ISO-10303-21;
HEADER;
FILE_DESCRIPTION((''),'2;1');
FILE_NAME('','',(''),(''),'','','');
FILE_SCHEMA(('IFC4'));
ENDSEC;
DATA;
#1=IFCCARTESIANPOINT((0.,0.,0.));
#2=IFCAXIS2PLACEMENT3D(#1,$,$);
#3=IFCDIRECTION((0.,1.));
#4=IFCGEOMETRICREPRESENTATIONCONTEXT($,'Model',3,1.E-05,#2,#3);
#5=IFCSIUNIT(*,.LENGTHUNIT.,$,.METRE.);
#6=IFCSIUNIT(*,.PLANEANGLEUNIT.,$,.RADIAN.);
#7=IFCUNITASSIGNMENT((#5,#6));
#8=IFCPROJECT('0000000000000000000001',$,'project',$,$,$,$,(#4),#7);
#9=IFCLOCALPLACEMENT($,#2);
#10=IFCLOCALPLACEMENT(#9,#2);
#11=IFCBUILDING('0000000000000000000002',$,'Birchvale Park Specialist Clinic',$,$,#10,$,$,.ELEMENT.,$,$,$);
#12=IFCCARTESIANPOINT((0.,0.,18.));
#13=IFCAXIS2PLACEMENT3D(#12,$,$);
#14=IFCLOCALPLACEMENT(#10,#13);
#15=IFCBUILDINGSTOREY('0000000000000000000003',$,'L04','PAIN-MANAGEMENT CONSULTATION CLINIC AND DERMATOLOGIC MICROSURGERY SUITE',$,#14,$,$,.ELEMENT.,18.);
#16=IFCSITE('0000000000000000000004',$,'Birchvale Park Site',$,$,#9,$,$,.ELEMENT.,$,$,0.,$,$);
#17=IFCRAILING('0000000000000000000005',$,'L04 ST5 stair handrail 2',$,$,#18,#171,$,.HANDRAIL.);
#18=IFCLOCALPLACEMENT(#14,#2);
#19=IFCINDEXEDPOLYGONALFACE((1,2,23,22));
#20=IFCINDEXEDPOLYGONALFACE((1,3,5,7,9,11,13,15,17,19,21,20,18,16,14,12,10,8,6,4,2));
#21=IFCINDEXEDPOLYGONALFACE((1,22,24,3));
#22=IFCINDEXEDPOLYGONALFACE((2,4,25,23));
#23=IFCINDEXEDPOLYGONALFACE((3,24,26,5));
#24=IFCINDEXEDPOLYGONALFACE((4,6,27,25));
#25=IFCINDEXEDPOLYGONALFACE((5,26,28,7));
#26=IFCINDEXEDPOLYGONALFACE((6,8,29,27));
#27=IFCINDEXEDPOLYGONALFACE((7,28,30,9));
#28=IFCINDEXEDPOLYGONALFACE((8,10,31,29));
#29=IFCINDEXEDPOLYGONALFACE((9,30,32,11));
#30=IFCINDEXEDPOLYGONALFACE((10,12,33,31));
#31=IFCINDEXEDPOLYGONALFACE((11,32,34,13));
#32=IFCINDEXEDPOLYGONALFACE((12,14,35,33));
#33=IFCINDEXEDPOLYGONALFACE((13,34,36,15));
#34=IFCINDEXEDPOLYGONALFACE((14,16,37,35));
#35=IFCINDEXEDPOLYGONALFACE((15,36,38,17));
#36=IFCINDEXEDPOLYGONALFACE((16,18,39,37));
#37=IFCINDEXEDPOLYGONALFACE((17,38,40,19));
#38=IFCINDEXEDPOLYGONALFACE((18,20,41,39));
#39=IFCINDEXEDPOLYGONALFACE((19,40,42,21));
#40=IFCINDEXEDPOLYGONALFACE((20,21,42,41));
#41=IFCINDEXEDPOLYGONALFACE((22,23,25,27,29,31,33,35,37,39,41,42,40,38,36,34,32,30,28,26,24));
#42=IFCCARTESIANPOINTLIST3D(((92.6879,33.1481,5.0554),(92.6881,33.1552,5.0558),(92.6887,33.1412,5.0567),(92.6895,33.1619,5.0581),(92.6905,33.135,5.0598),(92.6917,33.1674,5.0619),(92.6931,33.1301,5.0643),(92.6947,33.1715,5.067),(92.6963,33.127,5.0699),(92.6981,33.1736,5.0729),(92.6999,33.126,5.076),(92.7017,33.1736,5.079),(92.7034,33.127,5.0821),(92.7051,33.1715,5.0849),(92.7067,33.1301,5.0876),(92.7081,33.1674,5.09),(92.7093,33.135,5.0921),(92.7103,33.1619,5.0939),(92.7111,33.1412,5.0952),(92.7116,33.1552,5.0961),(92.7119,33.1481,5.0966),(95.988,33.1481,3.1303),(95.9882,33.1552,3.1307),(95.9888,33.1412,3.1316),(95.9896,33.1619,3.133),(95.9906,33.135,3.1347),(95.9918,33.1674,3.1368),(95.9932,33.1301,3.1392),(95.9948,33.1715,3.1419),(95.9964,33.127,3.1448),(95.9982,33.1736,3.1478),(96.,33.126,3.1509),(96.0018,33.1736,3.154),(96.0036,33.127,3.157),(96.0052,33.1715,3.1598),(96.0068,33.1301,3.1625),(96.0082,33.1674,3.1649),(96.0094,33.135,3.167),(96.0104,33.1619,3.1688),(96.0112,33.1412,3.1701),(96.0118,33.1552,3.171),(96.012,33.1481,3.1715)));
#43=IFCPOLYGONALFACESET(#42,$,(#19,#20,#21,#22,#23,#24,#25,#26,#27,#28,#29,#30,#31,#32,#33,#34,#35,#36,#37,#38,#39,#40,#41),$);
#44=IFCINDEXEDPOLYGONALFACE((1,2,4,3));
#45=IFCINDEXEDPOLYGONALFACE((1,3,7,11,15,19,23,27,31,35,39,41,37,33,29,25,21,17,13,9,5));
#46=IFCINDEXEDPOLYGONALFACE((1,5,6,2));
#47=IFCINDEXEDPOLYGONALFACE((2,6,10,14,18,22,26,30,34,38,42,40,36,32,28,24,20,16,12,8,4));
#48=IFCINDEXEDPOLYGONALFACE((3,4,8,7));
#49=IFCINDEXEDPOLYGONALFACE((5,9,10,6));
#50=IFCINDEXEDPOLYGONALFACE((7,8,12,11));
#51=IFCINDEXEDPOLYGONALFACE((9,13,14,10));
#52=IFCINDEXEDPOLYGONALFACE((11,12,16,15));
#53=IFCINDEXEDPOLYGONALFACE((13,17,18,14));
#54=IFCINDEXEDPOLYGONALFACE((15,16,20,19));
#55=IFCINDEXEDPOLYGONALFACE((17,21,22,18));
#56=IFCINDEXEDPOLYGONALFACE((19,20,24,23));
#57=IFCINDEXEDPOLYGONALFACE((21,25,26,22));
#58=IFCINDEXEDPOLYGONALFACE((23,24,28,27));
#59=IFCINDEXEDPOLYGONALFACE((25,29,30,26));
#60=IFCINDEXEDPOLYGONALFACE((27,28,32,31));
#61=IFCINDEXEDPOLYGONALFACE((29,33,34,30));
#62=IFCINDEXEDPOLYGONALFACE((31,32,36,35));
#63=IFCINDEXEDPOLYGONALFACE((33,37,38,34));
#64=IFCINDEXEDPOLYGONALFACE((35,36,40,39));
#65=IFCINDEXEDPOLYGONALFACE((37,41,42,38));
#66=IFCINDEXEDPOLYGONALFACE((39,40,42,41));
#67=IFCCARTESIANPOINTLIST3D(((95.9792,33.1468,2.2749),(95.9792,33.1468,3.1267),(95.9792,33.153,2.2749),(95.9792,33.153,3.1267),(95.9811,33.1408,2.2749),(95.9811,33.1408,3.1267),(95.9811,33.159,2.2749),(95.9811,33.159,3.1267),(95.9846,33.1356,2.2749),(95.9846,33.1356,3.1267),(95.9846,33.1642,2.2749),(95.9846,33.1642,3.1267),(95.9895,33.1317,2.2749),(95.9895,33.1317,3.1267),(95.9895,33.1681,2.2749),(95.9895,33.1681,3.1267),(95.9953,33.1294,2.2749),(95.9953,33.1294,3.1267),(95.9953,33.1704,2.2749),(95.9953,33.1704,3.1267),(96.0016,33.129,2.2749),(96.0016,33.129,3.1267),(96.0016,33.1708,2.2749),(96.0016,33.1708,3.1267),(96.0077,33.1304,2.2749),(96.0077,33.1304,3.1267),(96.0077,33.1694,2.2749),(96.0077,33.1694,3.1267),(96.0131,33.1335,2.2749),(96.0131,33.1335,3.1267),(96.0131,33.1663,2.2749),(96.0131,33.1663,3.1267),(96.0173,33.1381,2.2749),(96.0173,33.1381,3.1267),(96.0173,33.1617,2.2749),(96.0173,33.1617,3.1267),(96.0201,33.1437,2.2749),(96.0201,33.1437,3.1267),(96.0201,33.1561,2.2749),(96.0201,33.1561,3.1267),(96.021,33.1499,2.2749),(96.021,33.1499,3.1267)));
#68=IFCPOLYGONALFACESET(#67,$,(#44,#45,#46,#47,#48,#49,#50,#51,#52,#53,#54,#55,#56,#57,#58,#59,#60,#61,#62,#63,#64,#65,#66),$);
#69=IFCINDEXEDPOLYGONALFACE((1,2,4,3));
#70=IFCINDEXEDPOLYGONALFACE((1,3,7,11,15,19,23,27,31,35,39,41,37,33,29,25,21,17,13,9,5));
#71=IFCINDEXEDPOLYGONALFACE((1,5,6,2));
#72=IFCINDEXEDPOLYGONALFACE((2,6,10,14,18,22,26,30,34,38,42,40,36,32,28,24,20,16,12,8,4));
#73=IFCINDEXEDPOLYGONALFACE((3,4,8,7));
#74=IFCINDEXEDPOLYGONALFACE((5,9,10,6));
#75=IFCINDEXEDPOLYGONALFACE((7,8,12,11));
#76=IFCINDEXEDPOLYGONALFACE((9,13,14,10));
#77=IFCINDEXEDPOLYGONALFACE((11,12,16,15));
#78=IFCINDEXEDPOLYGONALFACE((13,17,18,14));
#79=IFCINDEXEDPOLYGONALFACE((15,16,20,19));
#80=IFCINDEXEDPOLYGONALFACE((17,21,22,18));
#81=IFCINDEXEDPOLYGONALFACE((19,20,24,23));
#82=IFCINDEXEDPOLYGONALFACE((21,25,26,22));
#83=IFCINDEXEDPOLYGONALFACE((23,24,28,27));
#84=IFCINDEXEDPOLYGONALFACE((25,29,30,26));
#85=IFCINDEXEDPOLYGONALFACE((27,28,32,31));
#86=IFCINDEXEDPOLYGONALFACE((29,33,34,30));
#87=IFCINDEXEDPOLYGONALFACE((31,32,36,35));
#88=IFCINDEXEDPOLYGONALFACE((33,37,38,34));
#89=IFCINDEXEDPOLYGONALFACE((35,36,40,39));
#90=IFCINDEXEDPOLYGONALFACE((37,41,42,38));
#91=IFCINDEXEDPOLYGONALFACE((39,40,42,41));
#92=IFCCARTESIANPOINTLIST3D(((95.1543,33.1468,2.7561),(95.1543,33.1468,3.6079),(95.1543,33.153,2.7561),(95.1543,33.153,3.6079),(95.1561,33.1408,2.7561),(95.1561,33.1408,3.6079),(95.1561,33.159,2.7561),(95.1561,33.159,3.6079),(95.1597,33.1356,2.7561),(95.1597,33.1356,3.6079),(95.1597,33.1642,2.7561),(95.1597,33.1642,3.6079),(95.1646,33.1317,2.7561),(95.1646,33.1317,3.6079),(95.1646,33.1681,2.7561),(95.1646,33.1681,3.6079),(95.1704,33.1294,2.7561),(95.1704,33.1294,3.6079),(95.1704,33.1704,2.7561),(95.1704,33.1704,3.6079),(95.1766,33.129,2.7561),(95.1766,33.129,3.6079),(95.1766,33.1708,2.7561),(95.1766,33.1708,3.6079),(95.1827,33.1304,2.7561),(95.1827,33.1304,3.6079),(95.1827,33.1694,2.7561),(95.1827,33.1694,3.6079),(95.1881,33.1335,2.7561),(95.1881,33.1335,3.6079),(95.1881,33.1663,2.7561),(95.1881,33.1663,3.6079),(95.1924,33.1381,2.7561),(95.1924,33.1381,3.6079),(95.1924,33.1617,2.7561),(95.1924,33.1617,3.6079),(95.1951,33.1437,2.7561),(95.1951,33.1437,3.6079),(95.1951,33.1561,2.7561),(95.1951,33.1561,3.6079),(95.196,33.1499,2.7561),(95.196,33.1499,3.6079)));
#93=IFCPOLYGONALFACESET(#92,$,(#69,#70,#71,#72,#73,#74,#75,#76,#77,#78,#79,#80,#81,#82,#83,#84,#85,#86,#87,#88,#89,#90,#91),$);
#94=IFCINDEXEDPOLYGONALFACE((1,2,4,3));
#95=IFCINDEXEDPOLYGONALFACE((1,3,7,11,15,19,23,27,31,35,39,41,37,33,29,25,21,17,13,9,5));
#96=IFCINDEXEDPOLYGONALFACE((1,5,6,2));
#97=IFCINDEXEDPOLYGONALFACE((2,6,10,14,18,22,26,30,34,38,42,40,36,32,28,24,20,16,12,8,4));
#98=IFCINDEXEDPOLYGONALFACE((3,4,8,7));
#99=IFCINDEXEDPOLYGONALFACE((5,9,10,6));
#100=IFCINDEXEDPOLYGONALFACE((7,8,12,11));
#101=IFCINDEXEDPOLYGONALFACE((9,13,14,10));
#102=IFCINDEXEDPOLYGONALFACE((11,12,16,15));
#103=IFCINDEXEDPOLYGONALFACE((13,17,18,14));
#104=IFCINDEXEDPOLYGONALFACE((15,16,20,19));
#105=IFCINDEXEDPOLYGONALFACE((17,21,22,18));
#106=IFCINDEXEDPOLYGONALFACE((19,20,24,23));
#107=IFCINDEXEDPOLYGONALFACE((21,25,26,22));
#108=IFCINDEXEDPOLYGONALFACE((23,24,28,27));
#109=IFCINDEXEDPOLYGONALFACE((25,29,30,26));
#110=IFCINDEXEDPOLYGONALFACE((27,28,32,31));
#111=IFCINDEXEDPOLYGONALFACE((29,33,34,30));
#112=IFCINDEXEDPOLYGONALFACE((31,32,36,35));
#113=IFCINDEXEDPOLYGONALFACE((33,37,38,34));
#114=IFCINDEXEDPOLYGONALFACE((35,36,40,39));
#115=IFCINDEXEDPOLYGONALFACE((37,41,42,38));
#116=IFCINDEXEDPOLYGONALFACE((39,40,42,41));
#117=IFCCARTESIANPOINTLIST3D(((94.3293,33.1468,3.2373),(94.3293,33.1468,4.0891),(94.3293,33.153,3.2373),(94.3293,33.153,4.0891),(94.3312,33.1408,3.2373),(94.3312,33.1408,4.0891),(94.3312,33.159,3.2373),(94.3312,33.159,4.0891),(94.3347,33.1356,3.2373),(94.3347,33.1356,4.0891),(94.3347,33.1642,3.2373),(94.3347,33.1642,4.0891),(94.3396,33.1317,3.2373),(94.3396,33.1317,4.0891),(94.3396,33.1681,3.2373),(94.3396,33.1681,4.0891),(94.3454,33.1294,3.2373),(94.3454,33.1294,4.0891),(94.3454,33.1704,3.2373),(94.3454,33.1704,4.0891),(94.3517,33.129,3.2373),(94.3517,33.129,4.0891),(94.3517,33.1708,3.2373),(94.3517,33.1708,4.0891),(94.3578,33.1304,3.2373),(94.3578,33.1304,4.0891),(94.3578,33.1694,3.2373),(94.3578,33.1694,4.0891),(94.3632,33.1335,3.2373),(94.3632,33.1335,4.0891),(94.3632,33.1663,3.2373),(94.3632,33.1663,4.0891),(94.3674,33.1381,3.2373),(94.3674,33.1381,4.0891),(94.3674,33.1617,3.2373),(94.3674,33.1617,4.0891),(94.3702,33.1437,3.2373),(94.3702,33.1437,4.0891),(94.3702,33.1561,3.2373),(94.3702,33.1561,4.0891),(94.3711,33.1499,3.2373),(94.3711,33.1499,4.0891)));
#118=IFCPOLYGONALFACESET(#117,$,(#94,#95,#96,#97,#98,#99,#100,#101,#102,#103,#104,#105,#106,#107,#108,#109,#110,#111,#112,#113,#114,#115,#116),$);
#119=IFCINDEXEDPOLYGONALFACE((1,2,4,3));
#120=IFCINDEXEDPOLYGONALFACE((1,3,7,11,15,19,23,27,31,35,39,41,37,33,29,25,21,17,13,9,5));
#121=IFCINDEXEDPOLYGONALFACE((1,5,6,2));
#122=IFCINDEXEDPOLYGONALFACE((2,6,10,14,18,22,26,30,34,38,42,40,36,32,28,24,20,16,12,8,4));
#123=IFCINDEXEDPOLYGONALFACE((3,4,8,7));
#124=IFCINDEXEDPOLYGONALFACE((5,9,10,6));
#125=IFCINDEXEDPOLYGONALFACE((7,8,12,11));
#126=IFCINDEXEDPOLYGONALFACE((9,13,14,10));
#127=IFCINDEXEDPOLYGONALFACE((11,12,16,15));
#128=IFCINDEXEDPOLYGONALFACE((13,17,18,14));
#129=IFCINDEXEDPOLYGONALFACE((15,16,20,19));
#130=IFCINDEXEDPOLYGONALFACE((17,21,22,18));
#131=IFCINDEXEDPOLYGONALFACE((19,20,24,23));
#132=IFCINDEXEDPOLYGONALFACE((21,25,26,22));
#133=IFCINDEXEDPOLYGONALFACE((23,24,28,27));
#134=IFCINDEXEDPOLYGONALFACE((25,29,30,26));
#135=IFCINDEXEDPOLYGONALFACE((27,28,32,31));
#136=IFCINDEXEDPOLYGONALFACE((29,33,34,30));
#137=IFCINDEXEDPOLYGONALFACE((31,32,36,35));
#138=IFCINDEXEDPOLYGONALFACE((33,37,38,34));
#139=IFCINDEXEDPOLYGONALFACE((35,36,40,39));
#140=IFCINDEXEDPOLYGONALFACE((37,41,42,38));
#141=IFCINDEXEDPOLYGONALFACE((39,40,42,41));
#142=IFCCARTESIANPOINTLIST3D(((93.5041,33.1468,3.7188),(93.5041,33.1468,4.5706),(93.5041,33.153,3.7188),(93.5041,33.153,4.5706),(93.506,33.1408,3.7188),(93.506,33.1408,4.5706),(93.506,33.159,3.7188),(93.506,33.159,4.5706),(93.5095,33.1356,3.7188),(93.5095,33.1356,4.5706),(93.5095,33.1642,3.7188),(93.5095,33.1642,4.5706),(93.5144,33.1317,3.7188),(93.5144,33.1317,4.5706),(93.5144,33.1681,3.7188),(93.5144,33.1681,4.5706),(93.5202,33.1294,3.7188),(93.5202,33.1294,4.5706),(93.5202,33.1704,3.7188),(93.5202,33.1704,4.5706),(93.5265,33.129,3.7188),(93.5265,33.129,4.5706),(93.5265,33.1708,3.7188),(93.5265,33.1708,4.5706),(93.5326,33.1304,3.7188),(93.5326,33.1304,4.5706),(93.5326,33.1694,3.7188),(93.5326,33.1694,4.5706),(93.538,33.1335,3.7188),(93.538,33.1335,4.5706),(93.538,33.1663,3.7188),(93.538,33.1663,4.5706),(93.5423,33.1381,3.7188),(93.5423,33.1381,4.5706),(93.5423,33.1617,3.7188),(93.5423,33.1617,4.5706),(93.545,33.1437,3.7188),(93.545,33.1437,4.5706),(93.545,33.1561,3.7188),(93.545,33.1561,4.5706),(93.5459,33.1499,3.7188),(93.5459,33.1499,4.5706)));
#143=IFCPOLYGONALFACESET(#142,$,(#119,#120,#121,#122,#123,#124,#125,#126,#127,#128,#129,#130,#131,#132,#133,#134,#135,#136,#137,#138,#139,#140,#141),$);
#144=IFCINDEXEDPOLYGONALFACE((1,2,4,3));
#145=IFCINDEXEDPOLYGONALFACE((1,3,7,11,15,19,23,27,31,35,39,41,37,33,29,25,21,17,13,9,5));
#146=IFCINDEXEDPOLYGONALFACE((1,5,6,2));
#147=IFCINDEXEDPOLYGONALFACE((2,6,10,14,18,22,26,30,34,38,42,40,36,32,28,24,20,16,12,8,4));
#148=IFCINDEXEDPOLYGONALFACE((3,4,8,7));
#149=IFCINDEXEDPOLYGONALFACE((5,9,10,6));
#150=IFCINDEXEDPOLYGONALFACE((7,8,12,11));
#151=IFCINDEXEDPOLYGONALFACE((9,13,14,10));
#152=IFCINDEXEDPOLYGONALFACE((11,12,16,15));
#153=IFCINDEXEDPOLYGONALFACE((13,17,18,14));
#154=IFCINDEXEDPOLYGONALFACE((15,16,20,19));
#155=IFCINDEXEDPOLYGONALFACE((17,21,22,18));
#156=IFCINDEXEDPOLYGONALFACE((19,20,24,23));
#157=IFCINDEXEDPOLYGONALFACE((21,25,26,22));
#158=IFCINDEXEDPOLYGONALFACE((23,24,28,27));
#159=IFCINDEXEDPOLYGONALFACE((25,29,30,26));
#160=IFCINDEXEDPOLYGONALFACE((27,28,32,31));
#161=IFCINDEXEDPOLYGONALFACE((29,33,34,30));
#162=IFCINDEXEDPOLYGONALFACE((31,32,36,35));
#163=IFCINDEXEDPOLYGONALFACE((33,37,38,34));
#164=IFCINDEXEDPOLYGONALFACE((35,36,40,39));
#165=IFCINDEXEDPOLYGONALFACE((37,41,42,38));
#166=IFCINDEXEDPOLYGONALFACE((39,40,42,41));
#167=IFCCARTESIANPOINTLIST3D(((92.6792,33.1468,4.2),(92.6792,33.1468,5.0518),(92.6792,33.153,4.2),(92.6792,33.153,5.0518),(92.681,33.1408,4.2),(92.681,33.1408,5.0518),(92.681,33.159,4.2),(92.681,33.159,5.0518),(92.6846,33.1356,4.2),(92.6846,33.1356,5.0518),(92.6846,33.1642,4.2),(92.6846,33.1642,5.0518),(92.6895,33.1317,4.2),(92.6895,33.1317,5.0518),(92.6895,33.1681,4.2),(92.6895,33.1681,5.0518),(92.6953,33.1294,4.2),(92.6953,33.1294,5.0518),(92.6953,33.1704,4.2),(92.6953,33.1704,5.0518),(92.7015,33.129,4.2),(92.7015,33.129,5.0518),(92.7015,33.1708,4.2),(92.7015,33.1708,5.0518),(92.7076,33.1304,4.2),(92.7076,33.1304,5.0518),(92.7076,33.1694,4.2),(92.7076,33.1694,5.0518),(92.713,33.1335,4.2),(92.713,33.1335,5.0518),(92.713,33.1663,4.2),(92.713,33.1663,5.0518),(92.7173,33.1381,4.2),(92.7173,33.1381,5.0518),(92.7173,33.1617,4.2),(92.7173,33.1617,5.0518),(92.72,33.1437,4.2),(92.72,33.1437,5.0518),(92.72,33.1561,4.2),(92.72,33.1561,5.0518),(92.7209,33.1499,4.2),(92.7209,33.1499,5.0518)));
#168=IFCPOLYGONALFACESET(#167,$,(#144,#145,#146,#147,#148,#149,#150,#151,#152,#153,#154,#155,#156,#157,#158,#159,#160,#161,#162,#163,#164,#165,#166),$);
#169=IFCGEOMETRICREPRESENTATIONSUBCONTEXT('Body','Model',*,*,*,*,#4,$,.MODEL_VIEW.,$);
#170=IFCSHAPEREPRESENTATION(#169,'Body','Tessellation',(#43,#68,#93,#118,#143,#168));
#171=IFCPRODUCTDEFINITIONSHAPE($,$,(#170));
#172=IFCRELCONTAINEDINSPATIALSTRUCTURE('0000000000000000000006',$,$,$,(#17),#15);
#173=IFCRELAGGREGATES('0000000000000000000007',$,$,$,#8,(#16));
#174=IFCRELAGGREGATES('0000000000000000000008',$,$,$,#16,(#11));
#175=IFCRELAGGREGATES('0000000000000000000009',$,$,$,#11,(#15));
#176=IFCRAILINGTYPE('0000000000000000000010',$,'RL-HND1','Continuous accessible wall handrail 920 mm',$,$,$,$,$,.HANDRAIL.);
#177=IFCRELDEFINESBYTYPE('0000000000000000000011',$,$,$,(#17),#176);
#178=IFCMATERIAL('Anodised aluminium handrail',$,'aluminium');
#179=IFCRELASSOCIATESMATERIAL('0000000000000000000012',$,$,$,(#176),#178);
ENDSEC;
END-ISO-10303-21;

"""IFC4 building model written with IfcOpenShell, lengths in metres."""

from ifc_helpers import new_model, si_unit, direction, frame, origin, origin_2d, place, context, subcontext, project, spatial, circle, extrude, material, type_object, element, save


model = new_model("IFC4")

# Units and contexts
model_context = context("Model", 3, precision=1e-05, world=origin(), true_north=direction((0.0, 1.0)))
body_context = subcontext(model_context, "Body", "Model", "MODEL_VIEW")
ifc_project = project(units=[si_unit("LENGTHUNIT", "METRE"), si_unit("PLANEANGLEUNIT", "RADIAN")], contexts=[model_context])

# Site, building, storey
site_placement = place(None, origin())
site = spatial("IfcSite", under=ifc_project, at=site_placement, Name="Birchvale Park Site", CompositionType="ELEMENT", RefElevation=0.0)
building_placement = place(site_placement, origin())
building = spatial("IfcBuilding", under=site, at=building_placement, Name="Birchvale Park Specialist Clinic", CompositionType="ELEMENT")
storey_placement = place(building_placement, frame((0.0, 0.0, 18.0)))
storey = spatial("IfcBuildingStorey", under=building, at=storey_placement, Name="L04", Description="PAIN-MANAGEMENT CONSULTATION CLINIC AND DERMATOLOGIC MICROSURGERY SUITE", CompositionType="ELEMENT", Elevation=18.0)

# Railing
ifc_material_1 = material(Name="Anodised aluminium handrail", Category="aluminium")
railing_type_1 = type_object("IfcRailingType", Name="RL-HND1", Description="Continuous accessible wall handrail 920 mm", PredefinedType="HANDRAIL", material=ifc_material_1)
railing_1_placement = place(storey_placement, frame((96.0, 33.1499, 2.2749)))
element("IfcRailing", 1, at=railing_1_placement, inside=storey, type_object=railing_type_1, Name="L04 ST5 stair handrail 2", PredefinedType="HANDRAIL", context=body_context, shape_type="SweptSolid", body=[
    extrude(circle(Radius=0.0239, at=origin_2d()), frame((0.0, 0.0, 0.876), z_axis=(-0.863777, 0.0, 0.503875), x_axis=(0.0, -1.0, 0.0)), (0.0, 0.0, 1.0), 3.8206),
    extrude(circle(Radius=0.021, at=origin_2d()), origin(), (0.0, 0.0, 1.0), 0.8518),
    extrude(circle(Radius=0.021, at=origin_2d()), frame((-0.825, 0.0, 0.4812)), (0.0, 0.0, 1.0), 0.8518),
    extrude(circle(Radius=0.021, at=origin_2d()), frame((-1.6499, 0.0, 0.9624)), (0.0, 0.0, 1.0), 0.8518),
    extrude(circle(Radius=0.021, at=origin_2d()), frame((-2.4751, 0.0, 1.4438)), (0.0, 0.0, 1.0), 0.8518),
    extrude(circle(Radius=0.021, at=origin_2d()), frame((-3.3, 0.0, 1.925)), (0.0, 0.0, 1.0), 0.8518),
])

save(model, "model.ifc")
